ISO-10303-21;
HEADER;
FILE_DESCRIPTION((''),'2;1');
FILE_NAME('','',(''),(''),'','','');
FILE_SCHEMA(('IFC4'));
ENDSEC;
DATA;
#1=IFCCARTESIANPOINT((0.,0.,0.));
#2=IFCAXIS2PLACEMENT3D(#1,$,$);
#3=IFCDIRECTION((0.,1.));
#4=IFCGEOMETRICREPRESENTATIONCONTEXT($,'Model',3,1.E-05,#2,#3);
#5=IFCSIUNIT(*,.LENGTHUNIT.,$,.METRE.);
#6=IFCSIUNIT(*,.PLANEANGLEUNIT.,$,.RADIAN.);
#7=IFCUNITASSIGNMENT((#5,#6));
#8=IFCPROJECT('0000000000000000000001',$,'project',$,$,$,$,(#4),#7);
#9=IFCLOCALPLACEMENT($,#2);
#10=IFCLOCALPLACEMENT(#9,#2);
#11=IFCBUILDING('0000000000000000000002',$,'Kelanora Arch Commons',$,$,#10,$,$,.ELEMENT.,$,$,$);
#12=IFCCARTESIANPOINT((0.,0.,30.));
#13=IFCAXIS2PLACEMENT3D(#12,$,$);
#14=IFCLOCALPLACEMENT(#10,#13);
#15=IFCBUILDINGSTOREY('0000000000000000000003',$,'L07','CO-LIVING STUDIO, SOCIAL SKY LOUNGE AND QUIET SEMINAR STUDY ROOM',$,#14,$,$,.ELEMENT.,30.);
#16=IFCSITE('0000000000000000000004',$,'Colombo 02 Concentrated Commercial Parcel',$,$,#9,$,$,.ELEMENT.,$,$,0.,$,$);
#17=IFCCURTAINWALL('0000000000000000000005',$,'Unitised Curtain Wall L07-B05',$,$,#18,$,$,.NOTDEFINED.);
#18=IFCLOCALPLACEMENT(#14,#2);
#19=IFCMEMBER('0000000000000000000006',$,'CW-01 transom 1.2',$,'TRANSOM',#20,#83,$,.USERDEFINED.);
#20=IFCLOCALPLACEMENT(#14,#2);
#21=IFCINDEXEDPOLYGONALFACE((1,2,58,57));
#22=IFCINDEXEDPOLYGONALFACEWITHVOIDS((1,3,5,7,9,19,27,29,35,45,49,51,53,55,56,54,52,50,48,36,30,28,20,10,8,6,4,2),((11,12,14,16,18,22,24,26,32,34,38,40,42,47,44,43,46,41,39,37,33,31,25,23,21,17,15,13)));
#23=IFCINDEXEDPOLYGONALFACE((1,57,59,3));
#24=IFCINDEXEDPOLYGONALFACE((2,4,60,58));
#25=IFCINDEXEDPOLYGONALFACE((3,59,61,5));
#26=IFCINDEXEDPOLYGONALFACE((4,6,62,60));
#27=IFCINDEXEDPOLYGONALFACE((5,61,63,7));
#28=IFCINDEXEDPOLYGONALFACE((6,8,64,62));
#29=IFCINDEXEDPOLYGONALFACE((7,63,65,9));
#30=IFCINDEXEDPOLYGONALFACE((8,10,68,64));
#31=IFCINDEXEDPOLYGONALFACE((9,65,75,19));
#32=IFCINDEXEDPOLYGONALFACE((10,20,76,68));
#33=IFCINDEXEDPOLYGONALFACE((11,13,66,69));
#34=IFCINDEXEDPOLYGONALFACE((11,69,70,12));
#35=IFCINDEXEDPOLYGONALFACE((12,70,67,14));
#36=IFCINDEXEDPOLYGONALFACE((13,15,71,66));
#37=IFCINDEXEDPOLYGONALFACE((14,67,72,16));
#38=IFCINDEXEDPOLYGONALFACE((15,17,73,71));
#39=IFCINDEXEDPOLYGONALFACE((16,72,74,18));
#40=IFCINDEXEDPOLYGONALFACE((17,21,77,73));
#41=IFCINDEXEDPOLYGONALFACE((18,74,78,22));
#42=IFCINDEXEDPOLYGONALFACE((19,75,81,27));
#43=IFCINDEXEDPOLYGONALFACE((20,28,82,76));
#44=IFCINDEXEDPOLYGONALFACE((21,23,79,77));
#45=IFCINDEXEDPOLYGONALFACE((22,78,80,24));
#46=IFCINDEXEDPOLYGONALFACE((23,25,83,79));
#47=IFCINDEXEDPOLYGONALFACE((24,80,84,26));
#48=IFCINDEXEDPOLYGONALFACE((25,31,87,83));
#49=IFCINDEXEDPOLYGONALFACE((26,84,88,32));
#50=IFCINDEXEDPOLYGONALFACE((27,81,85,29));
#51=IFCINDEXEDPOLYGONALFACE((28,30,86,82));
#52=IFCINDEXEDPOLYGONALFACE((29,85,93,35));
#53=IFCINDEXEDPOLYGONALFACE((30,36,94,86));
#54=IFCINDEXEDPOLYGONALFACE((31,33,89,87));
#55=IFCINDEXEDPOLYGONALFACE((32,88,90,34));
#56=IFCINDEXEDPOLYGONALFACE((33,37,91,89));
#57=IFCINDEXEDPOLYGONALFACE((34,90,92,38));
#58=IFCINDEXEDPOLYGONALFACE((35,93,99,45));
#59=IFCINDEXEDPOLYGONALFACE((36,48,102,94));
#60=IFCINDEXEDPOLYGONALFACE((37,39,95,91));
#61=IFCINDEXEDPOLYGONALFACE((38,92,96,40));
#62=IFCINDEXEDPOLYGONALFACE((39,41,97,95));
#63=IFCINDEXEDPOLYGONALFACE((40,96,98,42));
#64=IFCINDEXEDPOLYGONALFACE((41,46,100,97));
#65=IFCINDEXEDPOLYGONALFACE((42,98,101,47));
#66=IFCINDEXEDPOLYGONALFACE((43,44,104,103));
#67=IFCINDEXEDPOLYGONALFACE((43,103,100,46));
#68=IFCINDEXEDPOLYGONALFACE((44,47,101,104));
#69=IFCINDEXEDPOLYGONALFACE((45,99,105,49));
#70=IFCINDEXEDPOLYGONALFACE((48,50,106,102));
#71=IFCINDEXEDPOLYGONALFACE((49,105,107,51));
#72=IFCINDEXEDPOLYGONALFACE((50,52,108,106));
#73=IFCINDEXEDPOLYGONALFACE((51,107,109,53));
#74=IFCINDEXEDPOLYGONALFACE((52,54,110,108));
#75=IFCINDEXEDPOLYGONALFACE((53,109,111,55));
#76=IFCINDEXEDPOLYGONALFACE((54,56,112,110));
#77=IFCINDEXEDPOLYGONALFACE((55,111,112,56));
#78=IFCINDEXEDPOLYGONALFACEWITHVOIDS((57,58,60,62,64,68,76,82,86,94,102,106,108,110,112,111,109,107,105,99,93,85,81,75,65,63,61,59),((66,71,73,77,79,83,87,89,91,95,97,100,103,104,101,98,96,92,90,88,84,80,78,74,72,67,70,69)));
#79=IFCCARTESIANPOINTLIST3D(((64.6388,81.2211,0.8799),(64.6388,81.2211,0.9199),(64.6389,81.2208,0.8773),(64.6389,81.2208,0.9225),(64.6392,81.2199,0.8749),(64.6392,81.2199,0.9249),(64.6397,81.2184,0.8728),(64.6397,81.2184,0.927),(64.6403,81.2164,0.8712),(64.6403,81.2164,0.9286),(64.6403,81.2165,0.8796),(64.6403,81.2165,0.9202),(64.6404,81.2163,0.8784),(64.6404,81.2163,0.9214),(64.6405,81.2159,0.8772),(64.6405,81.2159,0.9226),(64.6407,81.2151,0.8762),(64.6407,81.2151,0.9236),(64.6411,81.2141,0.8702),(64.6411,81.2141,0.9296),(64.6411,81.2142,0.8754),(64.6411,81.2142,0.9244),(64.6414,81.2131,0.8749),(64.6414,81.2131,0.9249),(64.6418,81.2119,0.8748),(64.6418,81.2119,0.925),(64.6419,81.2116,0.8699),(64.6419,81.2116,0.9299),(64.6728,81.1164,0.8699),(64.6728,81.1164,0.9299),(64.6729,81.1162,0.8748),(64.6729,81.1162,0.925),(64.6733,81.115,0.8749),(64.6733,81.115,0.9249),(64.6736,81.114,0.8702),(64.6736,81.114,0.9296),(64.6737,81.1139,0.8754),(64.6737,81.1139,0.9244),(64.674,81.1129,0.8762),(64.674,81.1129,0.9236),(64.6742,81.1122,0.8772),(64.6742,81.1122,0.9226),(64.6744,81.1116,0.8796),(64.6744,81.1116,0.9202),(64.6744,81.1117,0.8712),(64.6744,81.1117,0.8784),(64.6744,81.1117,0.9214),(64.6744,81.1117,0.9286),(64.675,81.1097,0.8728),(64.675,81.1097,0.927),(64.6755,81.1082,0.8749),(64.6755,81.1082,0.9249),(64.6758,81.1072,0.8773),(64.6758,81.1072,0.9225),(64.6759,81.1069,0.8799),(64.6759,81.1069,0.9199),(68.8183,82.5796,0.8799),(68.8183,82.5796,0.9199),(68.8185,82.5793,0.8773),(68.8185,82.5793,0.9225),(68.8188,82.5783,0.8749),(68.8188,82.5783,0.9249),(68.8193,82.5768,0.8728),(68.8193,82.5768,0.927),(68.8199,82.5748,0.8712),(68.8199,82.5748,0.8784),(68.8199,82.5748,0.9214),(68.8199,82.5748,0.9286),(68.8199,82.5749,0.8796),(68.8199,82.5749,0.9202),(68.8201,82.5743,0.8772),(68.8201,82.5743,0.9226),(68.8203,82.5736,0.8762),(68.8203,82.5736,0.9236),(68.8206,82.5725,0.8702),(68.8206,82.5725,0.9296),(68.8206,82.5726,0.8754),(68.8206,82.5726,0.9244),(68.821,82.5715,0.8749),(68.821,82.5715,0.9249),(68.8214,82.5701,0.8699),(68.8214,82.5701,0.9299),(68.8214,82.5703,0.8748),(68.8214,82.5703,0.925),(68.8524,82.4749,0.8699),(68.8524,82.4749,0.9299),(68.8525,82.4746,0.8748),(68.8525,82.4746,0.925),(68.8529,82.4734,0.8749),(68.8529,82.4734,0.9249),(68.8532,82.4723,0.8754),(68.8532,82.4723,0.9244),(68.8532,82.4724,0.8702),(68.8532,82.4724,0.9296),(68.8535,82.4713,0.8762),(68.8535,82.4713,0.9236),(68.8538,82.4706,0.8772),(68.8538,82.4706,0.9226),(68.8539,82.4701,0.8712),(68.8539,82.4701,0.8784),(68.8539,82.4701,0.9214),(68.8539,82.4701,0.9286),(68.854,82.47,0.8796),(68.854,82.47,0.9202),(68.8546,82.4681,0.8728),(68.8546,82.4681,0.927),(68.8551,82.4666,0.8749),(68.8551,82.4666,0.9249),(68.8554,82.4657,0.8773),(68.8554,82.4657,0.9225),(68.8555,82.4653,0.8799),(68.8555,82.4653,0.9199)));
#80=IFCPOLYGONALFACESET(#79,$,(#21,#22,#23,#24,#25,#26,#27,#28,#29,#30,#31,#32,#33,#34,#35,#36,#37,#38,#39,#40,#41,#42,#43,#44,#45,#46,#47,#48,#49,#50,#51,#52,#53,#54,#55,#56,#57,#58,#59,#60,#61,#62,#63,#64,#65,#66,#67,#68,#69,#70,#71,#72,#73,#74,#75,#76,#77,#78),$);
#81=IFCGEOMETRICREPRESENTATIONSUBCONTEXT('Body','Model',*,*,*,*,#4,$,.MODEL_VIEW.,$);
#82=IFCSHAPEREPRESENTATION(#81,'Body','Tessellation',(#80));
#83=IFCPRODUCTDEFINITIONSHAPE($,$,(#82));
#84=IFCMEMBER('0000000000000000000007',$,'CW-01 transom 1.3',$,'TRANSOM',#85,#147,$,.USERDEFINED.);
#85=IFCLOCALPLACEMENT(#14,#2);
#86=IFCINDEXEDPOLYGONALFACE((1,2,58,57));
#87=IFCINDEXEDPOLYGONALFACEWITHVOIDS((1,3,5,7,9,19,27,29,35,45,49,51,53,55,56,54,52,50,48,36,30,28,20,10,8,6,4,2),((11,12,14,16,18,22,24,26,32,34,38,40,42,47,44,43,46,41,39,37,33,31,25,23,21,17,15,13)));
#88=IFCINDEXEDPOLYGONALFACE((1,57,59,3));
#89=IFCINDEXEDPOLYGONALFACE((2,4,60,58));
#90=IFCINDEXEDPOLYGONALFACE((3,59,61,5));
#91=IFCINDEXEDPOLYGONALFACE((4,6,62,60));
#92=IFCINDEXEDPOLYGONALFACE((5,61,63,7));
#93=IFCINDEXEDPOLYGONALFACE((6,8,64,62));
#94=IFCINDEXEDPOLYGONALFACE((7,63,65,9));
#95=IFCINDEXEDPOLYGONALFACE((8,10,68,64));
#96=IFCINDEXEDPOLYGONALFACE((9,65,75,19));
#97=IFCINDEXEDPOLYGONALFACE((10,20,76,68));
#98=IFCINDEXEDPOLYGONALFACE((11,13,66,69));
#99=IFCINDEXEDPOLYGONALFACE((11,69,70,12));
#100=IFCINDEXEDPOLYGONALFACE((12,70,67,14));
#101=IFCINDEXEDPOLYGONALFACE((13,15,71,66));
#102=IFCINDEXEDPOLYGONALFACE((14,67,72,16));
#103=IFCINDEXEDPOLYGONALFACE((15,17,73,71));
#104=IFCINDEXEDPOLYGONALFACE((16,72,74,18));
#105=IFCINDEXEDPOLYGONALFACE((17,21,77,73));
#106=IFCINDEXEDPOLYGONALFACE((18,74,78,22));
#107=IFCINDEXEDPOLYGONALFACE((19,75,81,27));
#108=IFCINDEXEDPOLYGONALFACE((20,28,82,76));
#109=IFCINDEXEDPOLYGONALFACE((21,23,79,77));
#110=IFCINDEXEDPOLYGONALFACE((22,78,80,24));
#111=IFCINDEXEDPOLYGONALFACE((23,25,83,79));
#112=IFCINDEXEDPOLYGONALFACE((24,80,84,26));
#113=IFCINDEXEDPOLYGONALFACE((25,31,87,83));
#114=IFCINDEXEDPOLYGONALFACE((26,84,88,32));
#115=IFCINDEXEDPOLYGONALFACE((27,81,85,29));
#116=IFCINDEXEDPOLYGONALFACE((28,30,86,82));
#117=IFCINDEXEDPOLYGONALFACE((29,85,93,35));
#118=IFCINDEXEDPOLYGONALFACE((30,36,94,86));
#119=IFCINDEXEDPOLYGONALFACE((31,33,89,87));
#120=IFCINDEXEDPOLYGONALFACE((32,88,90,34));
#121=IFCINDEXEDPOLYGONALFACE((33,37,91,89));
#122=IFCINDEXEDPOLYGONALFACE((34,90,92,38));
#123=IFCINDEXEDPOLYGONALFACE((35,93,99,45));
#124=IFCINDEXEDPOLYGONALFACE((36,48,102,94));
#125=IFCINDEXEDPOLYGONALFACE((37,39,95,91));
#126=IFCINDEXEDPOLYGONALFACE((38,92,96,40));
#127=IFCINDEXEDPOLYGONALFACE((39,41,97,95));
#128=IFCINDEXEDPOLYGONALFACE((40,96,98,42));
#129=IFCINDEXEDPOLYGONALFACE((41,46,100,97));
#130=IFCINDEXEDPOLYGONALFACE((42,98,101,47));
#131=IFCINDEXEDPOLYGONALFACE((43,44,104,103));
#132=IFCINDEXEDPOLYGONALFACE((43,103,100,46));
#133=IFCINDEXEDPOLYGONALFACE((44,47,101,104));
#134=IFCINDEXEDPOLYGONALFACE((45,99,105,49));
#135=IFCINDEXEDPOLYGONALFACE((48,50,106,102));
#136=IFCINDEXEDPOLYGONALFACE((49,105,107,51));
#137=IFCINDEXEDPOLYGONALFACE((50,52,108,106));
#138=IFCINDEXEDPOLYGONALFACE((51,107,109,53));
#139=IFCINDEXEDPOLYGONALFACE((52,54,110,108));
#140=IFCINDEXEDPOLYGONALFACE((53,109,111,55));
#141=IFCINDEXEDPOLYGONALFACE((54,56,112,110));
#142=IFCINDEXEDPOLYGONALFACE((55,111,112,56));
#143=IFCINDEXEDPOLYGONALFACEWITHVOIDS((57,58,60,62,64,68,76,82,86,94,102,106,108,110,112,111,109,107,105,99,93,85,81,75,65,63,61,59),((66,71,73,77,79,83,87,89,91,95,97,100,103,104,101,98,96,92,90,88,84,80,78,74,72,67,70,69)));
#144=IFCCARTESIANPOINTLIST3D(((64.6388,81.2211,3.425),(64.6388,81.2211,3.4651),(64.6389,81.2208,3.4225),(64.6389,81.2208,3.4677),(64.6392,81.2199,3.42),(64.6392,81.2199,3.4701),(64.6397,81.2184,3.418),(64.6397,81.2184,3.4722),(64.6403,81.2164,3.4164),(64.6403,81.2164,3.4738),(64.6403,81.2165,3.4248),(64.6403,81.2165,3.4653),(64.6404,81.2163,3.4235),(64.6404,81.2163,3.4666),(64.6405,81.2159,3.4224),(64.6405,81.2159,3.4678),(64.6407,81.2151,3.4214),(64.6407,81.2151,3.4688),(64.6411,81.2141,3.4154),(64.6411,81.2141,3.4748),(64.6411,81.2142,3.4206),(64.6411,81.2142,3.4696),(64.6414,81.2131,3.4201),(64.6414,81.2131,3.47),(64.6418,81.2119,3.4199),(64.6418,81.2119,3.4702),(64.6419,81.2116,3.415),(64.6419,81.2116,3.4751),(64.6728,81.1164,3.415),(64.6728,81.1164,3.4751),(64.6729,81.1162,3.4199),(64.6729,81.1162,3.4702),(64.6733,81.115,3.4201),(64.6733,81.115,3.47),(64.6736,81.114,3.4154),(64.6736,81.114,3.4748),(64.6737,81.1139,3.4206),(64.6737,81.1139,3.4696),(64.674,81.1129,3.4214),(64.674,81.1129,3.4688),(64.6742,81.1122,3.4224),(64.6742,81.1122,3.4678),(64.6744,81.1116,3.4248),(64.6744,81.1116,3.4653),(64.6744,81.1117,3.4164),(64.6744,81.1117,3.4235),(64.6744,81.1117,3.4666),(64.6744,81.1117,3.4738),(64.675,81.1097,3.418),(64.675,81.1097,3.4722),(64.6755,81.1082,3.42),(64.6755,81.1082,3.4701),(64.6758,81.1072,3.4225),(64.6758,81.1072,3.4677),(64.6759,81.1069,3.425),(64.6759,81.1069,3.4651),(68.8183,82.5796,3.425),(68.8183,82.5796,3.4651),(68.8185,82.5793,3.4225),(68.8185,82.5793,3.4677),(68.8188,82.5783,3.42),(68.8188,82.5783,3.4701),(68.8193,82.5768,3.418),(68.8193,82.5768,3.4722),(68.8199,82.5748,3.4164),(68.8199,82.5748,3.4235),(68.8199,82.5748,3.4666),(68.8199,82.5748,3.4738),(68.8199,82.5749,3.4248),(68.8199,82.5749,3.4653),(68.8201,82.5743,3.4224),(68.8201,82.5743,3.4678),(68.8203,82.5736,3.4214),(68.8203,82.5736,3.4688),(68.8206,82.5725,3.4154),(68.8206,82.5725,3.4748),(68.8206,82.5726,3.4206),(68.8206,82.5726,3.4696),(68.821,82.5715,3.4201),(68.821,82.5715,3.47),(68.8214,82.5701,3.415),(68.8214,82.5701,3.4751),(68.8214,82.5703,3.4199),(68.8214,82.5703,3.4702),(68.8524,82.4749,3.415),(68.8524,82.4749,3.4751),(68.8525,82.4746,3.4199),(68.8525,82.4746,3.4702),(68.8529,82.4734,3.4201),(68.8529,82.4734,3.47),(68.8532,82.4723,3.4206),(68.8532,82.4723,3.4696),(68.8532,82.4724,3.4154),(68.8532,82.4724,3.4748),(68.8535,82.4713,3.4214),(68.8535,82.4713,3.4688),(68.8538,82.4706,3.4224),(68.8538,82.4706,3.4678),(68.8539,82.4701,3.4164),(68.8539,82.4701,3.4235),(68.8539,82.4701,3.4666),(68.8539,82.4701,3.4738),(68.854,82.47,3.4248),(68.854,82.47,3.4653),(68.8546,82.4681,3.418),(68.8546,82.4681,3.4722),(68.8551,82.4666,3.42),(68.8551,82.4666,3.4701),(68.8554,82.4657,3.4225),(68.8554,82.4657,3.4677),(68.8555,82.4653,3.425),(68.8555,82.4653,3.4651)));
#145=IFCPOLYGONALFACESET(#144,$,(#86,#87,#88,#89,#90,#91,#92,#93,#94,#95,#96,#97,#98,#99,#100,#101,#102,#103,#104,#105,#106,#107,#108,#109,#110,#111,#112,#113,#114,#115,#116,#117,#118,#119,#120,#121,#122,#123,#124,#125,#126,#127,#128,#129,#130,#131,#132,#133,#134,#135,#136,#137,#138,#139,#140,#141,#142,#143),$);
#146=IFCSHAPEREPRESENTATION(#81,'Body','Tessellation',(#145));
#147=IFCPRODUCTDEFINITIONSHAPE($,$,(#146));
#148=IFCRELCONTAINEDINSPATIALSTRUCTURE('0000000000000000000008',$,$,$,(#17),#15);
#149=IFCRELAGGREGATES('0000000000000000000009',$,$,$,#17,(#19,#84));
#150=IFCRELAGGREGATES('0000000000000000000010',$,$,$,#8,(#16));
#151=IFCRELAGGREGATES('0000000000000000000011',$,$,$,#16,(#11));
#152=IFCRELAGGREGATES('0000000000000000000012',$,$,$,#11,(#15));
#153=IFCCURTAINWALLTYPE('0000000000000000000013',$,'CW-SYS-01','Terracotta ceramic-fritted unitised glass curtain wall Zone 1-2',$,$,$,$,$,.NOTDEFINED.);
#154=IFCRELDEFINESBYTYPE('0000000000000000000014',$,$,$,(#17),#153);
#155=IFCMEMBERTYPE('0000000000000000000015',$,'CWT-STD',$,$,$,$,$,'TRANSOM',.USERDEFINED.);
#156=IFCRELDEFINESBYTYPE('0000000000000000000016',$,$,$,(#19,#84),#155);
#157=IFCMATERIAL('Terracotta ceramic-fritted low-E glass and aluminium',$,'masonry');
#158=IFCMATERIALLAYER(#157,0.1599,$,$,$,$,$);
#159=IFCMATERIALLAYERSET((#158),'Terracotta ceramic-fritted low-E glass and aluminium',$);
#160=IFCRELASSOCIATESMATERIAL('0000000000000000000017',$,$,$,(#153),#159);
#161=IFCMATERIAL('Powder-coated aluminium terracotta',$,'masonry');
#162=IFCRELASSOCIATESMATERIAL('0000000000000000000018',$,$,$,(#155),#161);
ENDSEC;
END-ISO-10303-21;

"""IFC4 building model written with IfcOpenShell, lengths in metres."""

from ifc_helpers import new_model, si_unit, direction, frame, origin, origin_2d, place, context, subcontext, project, spatial, hollow_rectangle, extrude, material, layer, layer_set, material_profile, profile_set, type_object, element, aggregate, save


model = new_model("IFC4")

# Units and contexts
model_context = context("Model", 3, precision=1e-05, world=origin(), true_north=direction((0.0, 1.0)))
body_context = subcontext(model_context, "Body", "Model", "MODEL_VIEW")
ifc_project = project(units=[si_unit("LENGTHUNIT", "METRE"), si_unit("PLANEANGLEUNIT", "RADIAN")], contexts=[model_context])

# Site, building, storey
site_placement = place(None, origin())
site = spatial("IfcSite", under=ifc_project, at=site_placement, Name="Colombo 02 Concentrated Commercial Parcel", CompositionType="ELEMENT", RefElevation=0.0)
building_placement = place(site_placement, origin())
building = spatial("IfcBuilding", under=site, at=building_placement, Name="Kelanora Arch Commons", CompositionType="ELEMENT")
storey_placement = place(building_placement, frame((0.0, 0.0, 30.0)))
storey = spatial("IfcBuildingStorey", under=building, at=storey_placement, Name="L07", Description="CO-LIVING STUDIO, SOCIAL SKY LOUNGE AND QUIET SEMINAR STUDY ROOM", CompositionType="ELEMENT", Elevation=30.0)

# Curtain wall, members
ifc_material_1 = material(Name="Terracotta ceramic-fritted low-E glass and aluminium", Category="masonry")
ifc_layer_1 = layer(ifc_material_1, 0.1599)
ifc_layer_set_1 = layer_set([ifc_layer_1], Name="Terracotta ceramic-fritted low-E glass and aluminium")
curtain_wall_type = type_object("IfcCurtainWallType", Name="CW-SYS-01", Description="Terracotta ceramic-fritted unitised glass curtain wall Zone 1-2", PredefinedType="NOTDEFINED", material=ifc_layer_set_1)
curtain_wall_placement = place(storey_placement, origin())
curtain_wall = element("IfcCurtainWall", 1, at=curtain_wall_placement, inside=storey, type_object=curtain_wall_type, Name="Unitised Curtain Wall L07-B05", PredefinedType="NOTDEFINED")
ifc_material_2 = material(Name="Powder-coated aluminium terracotta", Category="masonry")
ifc_material_profile_1 = material_profile(ifc_material_2, hollow_rectangle(XDim=0.1201, YDim=0.0601, WallThickness=0.0049, InnerFilletRadius=0.0049, OuterFilletRadius=0.01, at=origin_2d()), Name="CWT120x60")
ifc_profile_set_1 = profile_set([ifc_material_profile_1], Name="Powder-coated aluminium terracotta")
member_type_1 = type_object("IfcMemberType", Name="CWT-STD", ElementType="TRANSOM", PredefinedType="USERDEFINED", material=ifc_profile_set_1)
member_1_placement = place(storey_placement, frame((68.8369, 82.5225, 0.8999), z_axis=(-0.951029, -0.309102, 0.0), x_axis=(0.309102, -0.951029, 0.0)))
member_1 = element("IfcMember", 2, at=member_1_placement, type_object=member_type_1, Name="CW-01 transom 1.2", ObjectType="TRANSOM", PredefinedType="USERDEFINED", context=body_context, shape_type="SweptSolid", body=[
    extrude(hollow_rectangle(XDim=0.1201, YDim=0.0601, WallThickness=0.0049, InnerFilletRadius=0.0049, OuterFilletRadius=0.01, at=origin_2d()), origin(), (0.0, 0.0, 1.0), 4.3948),
])
member_2_placement = place(storey_placement, frame((68.8369, 82.5225, 3.4451), z_axis=(-0.951029, -0.309102, 0.0), x_axis=(0.309102, -0.951029, 0.0)))
member_2 = element("IfcMember", 3, at=member_2_placement, type_object=member_type_1, Name="CW-01 transom 1.3", ObjectType="TRANSOM", PredefinedType="USERDEFINED", context=body_context, shape_type="SweptSolid", body=[
    extrude(hollow_rectangle(XDim=0.1201, YDim=0.0601, WallThickness=0.0049, InnerFilletRadius=0.0049, OuterFilletRadius=0.01, at=origin_2d()), origin(), (0.0, 0.0, 1.0), 4.3948),
])
aggregate(curtain_wall, [member_1, member_2])

save(model, "model.ifc")
